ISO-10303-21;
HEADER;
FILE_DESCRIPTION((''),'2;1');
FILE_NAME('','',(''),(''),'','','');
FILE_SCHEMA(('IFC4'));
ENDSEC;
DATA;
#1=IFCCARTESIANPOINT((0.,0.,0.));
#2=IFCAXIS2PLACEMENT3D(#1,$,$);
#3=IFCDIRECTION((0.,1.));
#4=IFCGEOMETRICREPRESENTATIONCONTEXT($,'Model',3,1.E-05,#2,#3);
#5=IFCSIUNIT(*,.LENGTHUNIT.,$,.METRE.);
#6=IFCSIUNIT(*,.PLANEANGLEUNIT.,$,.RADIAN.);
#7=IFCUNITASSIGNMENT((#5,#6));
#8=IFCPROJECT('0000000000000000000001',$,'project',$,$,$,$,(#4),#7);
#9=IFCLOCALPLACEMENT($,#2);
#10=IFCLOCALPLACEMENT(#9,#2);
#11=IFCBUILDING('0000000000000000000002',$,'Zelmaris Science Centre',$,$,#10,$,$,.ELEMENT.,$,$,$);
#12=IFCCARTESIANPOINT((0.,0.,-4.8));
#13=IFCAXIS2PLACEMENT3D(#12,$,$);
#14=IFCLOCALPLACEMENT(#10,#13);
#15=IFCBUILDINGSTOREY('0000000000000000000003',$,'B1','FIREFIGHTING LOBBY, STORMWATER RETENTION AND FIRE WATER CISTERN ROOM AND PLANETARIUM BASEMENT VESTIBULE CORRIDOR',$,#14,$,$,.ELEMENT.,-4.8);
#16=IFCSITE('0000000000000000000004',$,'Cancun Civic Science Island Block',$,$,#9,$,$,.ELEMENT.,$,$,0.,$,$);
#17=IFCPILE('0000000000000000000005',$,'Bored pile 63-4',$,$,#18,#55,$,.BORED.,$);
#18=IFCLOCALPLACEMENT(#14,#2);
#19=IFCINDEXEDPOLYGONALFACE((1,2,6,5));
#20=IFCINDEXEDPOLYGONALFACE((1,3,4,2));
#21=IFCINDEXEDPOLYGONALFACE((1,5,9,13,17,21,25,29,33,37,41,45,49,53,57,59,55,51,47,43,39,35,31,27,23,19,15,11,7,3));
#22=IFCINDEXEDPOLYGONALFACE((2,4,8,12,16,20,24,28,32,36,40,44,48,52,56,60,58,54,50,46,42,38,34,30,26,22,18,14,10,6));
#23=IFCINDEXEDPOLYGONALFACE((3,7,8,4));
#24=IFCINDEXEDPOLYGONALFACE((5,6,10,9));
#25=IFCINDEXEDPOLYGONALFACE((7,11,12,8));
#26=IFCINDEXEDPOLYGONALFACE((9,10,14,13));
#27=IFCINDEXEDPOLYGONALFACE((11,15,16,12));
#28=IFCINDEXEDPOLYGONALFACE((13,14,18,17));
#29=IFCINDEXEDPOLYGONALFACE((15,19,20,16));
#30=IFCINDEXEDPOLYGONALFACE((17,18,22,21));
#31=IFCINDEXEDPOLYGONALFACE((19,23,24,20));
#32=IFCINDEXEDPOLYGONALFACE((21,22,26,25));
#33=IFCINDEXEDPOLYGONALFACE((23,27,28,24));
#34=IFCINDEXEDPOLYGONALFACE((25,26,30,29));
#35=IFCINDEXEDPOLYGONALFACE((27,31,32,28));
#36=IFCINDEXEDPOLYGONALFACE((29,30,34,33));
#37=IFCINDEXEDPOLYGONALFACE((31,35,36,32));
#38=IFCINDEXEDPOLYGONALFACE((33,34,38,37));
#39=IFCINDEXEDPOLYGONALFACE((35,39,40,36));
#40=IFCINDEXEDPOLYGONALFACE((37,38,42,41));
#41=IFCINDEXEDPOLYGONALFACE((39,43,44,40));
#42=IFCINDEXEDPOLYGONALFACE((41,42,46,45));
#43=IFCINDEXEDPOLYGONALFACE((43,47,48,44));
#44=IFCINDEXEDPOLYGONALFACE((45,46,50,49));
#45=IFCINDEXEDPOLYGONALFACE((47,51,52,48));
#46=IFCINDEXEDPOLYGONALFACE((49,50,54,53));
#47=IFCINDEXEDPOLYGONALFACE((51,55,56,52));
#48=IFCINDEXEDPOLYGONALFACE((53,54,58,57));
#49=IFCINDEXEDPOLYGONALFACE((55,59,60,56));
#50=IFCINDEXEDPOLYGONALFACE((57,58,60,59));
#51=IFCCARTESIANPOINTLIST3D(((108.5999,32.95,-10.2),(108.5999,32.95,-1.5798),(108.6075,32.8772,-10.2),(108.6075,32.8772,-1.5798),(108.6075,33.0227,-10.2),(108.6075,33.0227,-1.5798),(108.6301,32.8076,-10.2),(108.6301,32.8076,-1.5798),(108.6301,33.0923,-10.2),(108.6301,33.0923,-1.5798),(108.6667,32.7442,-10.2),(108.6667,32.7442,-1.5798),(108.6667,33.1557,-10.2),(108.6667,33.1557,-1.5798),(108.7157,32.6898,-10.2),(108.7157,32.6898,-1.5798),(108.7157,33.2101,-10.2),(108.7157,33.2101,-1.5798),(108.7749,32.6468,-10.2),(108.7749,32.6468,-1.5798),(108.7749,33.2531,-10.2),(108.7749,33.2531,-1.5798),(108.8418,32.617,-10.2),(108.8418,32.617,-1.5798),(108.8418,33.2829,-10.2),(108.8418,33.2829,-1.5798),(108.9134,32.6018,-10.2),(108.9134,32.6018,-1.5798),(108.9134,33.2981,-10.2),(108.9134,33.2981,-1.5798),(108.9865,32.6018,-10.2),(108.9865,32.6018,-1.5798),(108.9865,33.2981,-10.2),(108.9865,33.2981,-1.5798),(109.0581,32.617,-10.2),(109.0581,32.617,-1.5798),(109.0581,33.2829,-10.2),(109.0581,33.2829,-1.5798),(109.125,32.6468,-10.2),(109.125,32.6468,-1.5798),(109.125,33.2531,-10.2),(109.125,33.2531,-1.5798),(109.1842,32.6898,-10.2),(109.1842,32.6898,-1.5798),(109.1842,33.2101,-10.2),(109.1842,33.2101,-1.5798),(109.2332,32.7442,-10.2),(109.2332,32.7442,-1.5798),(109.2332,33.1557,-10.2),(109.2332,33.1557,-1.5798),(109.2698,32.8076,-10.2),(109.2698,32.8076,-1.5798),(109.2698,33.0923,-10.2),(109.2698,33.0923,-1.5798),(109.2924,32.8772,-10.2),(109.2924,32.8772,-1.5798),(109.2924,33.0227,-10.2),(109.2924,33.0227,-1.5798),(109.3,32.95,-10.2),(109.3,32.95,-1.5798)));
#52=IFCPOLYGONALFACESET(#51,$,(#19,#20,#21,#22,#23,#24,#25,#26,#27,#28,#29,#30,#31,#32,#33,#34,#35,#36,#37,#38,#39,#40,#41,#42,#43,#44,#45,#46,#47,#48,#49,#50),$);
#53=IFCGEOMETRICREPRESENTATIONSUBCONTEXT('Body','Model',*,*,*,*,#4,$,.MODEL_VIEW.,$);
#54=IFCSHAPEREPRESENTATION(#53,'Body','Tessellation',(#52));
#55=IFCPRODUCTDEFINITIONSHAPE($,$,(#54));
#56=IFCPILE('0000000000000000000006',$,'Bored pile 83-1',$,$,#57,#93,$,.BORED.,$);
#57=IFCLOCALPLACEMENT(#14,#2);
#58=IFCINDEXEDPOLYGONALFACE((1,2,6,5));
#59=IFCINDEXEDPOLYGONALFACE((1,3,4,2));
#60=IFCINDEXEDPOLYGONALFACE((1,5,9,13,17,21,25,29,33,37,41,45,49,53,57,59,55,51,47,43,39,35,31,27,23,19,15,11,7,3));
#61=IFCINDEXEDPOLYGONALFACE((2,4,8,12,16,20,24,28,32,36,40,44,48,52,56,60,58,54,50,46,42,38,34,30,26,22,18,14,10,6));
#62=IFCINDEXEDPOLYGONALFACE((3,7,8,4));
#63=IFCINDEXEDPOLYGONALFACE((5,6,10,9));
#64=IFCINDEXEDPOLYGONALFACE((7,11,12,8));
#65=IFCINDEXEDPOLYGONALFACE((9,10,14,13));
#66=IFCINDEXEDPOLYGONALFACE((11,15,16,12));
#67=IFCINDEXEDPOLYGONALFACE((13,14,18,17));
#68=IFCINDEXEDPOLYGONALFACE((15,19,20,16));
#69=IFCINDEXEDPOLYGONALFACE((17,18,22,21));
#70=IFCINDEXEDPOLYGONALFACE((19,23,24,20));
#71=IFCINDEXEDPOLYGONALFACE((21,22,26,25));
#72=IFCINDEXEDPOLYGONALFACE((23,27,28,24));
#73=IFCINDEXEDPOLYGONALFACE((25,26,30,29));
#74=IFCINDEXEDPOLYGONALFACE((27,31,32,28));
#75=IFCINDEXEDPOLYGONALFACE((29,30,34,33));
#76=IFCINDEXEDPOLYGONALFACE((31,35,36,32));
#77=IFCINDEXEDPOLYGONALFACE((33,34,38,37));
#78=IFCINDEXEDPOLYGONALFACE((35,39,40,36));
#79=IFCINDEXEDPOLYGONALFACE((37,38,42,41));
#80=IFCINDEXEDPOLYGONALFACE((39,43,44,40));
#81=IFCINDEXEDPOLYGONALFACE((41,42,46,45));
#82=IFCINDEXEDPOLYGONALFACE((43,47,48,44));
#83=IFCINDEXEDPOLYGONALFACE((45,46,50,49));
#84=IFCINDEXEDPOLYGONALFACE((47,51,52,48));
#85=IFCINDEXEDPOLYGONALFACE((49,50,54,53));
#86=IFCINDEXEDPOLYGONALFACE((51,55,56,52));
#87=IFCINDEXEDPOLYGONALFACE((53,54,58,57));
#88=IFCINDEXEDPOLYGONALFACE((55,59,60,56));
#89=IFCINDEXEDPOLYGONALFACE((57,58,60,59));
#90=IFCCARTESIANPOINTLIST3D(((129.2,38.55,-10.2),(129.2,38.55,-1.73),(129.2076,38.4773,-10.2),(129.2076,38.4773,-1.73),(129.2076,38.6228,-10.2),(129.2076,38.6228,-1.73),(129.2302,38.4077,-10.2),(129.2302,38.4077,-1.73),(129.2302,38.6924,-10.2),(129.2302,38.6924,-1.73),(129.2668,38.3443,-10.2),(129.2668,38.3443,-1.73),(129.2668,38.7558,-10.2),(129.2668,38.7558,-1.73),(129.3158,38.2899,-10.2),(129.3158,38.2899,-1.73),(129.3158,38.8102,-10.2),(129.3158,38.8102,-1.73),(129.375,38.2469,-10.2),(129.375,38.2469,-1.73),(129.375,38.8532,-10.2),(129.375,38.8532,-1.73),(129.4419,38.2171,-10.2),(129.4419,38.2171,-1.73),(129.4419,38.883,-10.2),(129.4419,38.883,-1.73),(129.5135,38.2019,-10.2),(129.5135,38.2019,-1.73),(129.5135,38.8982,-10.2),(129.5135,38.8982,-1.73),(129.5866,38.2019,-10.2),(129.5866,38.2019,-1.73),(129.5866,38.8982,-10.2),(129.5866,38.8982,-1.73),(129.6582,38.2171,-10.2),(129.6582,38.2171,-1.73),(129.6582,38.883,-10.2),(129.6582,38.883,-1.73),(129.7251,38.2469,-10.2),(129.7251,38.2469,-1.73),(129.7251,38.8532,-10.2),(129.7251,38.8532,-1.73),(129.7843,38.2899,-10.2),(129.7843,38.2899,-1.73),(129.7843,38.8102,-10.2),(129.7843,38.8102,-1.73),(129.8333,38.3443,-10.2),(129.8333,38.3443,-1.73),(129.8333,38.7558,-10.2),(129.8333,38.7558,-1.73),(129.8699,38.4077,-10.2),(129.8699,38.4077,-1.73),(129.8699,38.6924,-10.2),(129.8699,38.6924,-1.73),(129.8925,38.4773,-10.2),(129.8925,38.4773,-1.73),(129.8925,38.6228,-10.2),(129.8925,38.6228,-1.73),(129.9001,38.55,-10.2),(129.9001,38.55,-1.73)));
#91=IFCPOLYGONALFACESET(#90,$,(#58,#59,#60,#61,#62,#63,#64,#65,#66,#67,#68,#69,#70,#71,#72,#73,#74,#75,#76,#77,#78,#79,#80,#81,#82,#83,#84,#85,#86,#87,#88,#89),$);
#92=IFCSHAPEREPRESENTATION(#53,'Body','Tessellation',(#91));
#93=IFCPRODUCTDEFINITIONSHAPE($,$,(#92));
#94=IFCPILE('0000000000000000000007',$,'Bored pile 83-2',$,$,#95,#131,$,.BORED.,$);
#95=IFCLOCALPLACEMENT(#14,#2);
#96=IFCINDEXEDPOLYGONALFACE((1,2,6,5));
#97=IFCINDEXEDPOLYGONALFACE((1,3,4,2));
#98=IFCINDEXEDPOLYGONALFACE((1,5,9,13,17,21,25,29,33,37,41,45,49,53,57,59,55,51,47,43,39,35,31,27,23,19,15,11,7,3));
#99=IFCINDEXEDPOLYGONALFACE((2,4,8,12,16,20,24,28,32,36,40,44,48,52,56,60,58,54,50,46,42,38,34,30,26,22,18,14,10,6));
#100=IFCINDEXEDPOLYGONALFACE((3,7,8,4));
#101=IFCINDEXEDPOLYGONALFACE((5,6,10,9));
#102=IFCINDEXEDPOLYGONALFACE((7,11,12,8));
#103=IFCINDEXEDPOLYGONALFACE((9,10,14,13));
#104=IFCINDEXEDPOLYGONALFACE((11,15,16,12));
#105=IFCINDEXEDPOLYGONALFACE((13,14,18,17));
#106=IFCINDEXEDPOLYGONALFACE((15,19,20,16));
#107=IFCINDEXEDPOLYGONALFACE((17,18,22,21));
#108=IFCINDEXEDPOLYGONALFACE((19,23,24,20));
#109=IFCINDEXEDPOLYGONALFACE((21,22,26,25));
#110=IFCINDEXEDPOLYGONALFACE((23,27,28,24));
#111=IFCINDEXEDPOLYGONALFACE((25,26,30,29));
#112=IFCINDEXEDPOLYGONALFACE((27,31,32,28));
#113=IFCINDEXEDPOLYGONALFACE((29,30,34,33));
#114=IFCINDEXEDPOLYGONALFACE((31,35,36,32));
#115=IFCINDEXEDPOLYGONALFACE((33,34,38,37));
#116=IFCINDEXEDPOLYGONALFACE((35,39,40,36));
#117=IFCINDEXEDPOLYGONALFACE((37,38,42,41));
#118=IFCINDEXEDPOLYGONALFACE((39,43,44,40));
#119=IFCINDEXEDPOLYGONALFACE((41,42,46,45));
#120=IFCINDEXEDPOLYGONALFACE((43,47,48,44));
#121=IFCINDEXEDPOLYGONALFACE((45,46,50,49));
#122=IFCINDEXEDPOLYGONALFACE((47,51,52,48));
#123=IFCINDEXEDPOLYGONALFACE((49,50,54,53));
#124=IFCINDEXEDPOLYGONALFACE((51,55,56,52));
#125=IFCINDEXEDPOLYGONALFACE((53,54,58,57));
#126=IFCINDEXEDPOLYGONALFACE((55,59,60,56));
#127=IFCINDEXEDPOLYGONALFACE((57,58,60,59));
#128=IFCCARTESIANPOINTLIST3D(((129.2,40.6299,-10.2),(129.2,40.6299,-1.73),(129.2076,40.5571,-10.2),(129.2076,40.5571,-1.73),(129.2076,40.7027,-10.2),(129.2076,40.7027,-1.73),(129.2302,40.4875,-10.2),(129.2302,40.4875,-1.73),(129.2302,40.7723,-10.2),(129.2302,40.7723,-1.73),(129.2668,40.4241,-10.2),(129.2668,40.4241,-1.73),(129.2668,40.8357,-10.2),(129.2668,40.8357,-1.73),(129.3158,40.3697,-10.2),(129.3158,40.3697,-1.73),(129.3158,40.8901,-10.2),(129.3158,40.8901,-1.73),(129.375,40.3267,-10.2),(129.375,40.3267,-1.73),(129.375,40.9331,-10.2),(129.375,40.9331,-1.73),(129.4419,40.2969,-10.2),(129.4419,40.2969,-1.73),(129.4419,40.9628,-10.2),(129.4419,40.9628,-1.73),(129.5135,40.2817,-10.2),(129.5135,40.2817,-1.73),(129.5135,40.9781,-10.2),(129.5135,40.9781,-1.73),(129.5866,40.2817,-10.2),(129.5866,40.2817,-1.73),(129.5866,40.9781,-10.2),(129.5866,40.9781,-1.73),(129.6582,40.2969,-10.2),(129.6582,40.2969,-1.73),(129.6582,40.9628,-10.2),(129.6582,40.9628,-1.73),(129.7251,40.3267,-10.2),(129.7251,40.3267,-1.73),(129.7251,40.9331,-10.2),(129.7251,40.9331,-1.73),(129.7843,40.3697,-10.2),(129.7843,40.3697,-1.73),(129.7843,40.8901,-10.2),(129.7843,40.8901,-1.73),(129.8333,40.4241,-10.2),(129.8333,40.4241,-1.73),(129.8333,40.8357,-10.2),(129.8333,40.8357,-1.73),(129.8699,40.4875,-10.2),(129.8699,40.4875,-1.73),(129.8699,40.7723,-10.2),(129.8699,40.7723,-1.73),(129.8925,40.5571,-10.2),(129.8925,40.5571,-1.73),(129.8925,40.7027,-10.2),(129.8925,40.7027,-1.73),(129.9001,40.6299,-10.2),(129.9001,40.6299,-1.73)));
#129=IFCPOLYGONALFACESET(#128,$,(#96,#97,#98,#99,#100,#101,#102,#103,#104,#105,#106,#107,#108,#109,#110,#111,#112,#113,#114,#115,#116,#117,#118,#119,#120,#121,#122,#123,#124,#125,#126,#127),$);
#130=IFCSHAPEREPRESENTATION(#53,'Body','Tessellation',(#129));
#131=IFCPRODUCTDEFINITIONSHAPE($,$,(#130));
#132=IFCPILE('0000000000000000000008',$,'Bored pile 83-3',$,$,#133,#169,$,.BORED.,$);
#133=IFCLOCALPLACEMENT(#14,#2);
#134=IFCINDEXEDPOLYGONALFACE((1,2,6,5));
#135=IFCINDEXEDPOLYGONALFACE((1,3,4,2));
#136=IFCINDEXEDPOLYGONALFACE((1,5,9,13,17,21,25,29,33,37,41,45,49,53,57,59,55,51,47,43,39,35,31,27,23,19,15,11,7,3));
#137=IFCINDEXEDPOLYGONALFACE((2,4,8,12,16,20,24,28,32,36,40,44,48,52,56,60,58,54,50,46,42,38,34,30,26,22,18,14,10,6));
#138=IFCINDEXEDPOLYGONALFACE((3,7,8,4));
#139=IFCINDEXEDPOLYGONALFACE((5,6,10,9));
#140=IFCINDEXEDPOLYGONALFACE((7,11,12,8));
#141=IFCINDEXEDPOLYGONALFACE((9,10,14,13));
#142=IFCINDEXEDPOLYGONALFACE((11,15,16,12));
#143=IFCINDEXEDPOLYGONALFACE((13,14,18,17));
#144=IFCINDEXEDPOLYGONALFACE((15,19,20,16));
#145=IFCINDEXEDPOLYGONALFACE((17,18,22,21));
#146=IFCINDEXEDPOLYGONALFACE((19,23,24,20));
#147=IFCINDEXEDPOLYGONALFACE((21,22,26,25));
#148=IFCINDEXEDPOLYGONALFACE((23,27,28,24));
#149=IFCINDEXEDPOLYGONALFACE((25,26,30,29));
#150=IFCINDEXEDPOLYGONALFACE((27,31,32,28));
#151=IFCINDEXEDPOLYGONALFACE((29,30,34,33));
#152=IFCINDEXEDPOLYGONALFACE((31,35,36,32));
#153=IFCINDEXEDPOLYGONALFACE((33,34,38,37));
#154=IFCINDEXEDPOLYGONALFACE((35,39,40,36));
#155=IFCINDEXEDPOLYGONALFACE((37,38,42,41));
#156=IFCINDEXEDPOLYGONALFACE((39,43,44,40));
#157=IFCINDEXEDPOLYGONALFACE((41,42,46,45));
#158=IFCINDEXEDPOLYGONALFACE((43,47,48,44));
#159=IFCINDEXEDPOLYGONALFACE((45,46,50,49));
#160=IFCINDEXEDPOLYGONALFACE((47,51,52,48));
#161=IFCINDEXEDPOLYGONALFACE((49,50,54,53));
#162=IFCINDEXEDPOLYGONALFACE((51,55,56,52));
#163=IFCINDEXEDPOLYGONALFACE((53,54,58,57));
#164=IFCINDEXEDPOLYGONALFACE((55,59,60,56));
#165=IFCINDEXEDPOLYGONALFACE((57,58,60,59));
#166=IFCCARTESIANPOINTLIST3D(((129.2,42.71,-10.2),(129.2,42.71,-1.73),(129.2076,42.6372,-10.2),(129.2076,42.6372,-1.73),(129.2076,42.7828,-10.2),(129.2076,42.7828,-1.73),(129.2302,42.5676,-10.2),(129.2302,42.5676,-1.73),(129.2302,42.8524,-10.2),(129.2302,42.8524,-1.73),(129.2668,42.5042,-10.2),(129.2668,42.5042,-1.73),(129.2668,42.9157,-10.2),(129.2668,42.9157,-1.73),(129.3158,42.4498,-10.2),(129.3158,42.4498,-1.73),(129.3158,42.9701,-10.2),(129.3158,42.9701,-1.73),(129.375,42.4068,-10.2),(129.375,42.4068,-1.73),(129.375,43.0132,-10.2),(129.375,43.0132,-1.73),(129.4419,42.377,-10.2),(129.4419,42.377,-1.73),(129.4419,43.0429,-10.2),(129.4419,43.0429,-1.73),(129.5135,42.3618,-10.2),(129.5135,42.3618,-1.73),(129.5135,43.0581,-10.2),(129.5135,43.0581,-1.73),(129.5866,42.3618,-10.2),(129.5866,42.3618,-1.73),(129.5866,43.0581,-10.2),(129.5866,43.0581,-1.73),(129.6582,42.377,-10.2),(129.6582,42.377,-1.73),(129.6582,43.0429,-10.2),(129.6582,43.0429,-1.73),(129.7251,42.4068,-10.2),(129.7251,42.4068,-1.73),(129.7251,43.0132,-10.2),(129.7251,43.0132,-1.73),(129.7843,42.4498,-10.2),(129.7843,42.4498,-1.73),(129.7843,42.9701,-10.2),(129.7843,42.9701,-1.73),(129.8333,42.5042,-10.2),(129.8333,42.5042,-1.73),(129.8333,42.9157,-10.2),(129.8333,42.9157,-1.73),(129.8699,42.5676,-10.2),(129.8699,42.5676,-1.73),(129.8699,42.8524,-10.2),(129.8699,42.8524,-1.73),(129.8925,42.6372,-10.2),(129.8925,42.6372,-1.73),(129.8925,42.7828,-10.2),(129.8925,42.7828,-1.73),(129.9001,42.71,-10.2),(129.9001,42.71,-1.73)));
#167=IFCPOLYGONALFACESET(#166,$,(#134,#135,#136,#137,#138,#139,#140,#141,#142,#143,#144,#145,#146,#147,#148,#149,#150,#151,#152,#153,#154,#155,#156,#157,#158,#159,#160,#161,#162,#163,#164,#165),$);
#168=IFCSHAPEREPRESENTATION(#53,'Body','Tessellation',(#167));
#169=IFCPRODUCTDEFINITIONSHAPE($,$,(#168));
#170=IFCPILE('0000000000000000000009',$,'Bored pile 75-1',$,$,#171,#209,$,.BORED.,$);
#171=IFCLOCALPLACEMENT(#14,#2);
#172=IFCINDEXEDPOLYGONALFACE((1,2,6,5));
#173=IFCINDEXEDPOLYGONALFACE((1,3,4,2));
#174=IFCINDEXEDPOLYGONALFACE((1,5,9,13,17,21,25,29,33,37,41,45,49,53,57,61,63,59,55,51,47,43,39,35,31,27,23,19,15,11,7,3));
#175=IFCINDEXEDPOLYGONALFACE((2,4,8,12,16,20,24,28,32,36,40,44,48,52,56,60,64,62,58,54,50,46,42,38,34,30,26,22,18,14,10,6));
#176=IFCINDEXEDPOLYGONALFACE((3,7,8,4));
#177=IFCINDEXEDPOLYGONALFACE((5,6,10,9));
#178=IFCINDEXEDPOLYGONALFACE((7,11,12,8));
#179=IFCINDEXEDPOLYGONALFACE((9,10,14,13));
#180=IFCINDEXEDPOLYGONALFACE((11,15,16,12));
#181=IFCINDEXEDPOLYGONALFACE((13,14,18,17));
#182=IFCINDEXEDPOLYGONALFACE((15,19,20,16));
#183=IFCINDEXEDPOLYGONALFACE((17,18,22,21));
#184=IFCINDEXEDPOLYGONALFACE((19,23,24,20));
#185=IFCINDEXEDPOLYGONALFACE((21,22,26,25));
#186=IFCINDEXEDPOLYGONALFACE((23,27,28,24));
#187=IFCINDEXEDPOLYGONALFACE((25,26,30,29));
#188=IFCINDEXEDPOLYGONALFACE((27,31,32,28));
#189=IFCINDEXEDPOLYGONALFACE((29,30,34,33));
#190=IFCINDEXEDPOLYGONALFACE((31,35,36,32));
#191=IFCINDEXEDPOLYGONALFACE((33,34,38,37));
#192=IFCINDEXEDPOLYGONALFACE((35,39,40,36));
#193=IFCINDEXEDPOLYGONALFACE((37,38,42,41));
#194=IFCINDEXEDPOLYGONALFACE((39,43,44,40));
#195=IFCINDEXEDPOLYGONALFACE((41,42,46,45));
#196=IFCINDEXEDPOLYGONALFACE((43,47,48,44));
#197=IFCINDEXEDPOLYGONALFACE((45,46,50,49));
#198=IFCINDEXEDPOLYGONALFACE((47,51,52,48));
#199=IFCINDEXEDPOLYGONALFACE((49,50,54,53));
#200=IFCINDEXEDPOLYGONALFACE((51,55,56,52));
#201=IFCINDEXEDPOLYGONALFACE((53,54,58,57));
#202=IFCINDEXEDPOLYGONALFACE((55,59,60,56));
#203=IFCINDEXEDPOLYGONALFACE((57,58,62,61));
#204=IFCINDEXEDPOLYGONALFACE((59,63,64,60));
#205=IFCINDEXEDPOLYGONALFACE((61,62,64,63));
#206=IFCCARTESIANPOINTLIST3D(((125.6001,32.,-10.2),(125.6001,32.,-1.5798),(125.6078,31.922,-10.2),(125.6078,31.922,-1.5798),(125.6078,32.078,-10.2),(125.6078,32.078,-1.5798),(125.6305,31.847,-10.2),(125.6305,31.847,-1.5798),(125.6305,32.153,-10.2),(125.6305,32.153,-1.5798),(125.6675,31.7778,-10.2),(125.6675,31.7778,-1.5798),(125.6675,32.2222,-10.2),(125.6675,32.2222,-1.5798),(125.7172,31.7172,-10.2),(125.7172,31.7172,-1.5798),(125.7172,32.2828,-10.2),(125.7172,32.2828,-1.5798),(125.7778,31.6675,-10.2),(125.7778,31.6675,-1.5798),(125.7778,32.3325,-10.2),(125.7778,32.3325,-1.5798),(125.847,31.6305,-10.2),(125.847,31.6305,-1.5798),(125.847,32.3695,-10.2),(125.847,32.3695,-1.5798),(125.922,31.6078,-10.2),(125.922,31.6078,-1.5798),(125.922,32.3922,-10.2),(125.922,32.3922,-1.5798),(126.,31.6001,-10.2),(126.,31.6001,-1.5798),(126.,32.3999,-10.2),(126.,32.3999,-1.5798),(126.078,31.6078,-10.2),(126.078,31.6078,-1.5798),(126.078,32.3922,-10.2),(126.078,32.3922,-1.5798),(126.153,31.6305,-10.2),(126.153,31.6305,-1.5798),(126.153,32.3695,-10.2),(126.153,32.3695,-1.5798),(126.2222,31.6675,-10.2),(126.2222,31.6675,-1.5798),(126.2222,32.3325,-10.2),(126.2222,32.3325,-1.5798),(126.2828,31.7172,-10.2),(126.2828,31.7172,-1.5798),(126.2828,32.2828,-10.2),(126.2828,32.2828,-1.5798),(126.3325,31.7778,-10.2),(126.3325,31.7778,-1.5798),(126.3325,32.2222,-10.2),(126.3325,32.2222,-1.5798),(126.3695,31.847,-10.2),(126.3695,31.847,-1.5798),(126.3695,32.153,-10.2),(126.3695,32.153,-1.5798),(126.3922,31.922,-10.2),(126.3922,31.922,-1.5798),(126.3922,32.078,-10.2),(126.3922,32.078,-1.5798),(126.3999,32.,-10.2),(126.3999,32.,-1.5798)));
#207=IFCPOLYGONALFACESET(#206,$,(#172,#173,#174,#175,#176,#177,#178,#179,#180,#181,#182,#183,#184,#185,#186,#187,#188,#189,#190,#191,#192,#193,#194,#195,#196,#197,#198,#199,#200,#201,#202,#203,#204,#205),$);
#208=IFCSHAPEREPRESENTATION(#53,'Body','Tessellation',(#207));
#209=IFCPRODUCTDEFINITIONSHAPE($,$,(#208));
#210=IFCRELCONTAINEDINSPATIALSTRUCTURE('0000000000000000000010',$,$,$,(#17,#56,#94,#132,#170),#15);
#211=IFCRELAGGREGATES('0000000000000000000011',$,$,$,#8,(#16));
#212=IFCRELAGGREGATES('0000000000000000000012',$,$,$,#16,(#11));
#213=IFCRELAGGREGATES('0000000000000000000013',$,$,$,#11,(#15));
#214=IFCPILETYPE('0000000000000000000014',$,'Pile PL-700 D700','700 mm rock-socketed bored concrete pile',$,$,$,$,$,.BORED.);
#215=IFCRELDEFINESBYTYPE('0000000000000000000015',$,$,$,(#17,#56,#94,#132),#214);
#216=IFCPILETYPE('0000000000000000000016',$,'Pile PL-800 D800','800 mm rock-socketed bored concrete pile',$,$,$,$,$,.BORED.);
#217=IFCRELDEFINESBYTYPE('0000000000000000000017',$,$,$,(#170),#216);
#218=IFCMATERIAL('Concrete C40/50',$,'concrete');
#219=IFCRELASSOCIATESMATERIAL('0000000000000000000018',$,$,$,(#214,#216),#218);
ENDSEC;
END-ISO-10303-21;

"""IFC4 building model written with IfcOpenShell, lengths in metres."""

from ifc_helpers import new_model, si_unit, direction, frame, origin, origin_2d, place, context, subcontext, project, spatial, circle, extrude, material, material_profile, profile_set, type_object, element, save


model = new_model("IFC4")

# Units and contexts
model_context = context("Model", 3, precision=1e-05, world=origin(), true_north=direction((0.0, 1.0)))
body_context = subcontext(model_context, "Body", "Model", "MODEL_VIEW")
ifc_project = project(units=[si_unit("LENGTHUNIT", "METRE"), si_unit("PLANEANGLEUNIT", "RADIAN")], contexts=[model_context])

# Site, building, storey
site_placement = place(None, origin())
site = spatial("IfcSite", under=ifc_project, at=site_placement, Name="Cancun Civic Science Island Block", CompositionType="ELEMENT", RefElevation=0.0)
building_placement = place(site_placement, origin())
building = spatial("IfcBuilding", under=site, at=building_placement, Name="Zelmaris Science Centre", CompositionType="ELEMENT")
storey_placement = place(building_placement, frame((0.0, 0.0, -4.8)))
storey = spatial("IfcBuildingStorey", under=building, at=storey_placement, Name="B1", Description="FIREFIGHTING LOBBY, STORMWATER RETENTION AND FIRE WATER CISTERN ROOM AND PLANETARIUM BASEMENT VESTIBULE CORRIDOR", CompositionType="ELEMENT", Elevation=-4.8)

# Shared definitions
ifc_material_1 = material(Name="Concrete C40/50", Category="concrete")

# Piles
ifc_material_profile_1 = material_profile(ifc_material_1, circle(Radius=0.3501, at=origin_2d()), Name="PILE-700")
ifc_profile_set_1 = profile_set([ifc_material_profile_1], Name="Concrete C40/50")
pile_type_1 = type_object("IfcPileType", Name="Pile PL-700 D700", Description="700 mm rock-socketed bored concrete pile", PredefinedType="BORED", material=ifc_profile_set_1)
pile_1_placement = place(storey_placement, frame((108.95, 32.95, -1.5798), z_axis=(0.0, 0.0, -1.0), x_axis=(1.0, 0.0, 0.0)))
element("IfcPile", 1, at=pile_1_placement, inside=storey, type_object=pile_type_1, Name="Bored pile 63-4", PredefinedType="BORED", context=body_context, shape_type="SweptSolid", body=[
    extrude(circle(Radius=0.3501, at=origin_2d()), origin(), (0.0, 0.0, 1.0), 8.6201),
])
for number, where, z_axis, x_axis, name in (
    (2, (129.55, 38.55, -1.73), (0.0, 0.0, -1.0), (1.0, 0.0, 0.0), "Bored pile 83-1"),
    (3, (129.55, 40.6299, -1.73), (0.0, 0.0, -1.0), (1.0, 0.0, 0.0), "Bored pile 83-2"),
    (4, (129.55, 42.71, -1.73), (0.0, 0.0, -1.0), (1.0, 0.0, 0.0), "Bored pile 83-3"),
):
    element("IfcPile", number, at=place(storey_placement, frame(where, z_axis=z_axis, x_axis=x_axis)), inside=storey, type_object=pile_type_1, Name=name, PredefinedType="BORED", context=body_context, shape_type="SweptSolid", body=[
        extrude(circle(Radius=0.3501, at=origin_2d()), origin(), (0.0, 0.0, 1.0), 8.47),
    ])
ifc_material_profile_2 = material_profile(ifc_material_1, circle(Radius=0.3999, at=origin_2d()), Name="PILE-800")
ifc_profile_set_2 = profile_set([ifc_material_profile_2], Name="Concrete C40/50")
pile_type_2 = type_object("IfcPileType", Name="Pile PL-800 D800", Description="800 mm rock-socketed bored concrete pile", PredefinedType="BORED", material=ifc_profile_set_2)
pile_2_placement = place(storey_placement, frame((126.0, 32.0, -1.5798), z_axis=(0.0, 0.0, -1.0), x_axis=(1.0, 0.0, 0.0)))
element("IfcPile", 5, at=pile_2_placement, inside=storey, type_object=pile_type_2, Name="Bored pile 75-1", PredefinedType="BORED", context=body_context, shape_type="SweptSolid", body=[
    extrude(circle(Radius=0.3999, at=origin_2d()), origin(), (0.0, 0.0, 1.0), 8.6201),
])

save(model, "model.ifc")
